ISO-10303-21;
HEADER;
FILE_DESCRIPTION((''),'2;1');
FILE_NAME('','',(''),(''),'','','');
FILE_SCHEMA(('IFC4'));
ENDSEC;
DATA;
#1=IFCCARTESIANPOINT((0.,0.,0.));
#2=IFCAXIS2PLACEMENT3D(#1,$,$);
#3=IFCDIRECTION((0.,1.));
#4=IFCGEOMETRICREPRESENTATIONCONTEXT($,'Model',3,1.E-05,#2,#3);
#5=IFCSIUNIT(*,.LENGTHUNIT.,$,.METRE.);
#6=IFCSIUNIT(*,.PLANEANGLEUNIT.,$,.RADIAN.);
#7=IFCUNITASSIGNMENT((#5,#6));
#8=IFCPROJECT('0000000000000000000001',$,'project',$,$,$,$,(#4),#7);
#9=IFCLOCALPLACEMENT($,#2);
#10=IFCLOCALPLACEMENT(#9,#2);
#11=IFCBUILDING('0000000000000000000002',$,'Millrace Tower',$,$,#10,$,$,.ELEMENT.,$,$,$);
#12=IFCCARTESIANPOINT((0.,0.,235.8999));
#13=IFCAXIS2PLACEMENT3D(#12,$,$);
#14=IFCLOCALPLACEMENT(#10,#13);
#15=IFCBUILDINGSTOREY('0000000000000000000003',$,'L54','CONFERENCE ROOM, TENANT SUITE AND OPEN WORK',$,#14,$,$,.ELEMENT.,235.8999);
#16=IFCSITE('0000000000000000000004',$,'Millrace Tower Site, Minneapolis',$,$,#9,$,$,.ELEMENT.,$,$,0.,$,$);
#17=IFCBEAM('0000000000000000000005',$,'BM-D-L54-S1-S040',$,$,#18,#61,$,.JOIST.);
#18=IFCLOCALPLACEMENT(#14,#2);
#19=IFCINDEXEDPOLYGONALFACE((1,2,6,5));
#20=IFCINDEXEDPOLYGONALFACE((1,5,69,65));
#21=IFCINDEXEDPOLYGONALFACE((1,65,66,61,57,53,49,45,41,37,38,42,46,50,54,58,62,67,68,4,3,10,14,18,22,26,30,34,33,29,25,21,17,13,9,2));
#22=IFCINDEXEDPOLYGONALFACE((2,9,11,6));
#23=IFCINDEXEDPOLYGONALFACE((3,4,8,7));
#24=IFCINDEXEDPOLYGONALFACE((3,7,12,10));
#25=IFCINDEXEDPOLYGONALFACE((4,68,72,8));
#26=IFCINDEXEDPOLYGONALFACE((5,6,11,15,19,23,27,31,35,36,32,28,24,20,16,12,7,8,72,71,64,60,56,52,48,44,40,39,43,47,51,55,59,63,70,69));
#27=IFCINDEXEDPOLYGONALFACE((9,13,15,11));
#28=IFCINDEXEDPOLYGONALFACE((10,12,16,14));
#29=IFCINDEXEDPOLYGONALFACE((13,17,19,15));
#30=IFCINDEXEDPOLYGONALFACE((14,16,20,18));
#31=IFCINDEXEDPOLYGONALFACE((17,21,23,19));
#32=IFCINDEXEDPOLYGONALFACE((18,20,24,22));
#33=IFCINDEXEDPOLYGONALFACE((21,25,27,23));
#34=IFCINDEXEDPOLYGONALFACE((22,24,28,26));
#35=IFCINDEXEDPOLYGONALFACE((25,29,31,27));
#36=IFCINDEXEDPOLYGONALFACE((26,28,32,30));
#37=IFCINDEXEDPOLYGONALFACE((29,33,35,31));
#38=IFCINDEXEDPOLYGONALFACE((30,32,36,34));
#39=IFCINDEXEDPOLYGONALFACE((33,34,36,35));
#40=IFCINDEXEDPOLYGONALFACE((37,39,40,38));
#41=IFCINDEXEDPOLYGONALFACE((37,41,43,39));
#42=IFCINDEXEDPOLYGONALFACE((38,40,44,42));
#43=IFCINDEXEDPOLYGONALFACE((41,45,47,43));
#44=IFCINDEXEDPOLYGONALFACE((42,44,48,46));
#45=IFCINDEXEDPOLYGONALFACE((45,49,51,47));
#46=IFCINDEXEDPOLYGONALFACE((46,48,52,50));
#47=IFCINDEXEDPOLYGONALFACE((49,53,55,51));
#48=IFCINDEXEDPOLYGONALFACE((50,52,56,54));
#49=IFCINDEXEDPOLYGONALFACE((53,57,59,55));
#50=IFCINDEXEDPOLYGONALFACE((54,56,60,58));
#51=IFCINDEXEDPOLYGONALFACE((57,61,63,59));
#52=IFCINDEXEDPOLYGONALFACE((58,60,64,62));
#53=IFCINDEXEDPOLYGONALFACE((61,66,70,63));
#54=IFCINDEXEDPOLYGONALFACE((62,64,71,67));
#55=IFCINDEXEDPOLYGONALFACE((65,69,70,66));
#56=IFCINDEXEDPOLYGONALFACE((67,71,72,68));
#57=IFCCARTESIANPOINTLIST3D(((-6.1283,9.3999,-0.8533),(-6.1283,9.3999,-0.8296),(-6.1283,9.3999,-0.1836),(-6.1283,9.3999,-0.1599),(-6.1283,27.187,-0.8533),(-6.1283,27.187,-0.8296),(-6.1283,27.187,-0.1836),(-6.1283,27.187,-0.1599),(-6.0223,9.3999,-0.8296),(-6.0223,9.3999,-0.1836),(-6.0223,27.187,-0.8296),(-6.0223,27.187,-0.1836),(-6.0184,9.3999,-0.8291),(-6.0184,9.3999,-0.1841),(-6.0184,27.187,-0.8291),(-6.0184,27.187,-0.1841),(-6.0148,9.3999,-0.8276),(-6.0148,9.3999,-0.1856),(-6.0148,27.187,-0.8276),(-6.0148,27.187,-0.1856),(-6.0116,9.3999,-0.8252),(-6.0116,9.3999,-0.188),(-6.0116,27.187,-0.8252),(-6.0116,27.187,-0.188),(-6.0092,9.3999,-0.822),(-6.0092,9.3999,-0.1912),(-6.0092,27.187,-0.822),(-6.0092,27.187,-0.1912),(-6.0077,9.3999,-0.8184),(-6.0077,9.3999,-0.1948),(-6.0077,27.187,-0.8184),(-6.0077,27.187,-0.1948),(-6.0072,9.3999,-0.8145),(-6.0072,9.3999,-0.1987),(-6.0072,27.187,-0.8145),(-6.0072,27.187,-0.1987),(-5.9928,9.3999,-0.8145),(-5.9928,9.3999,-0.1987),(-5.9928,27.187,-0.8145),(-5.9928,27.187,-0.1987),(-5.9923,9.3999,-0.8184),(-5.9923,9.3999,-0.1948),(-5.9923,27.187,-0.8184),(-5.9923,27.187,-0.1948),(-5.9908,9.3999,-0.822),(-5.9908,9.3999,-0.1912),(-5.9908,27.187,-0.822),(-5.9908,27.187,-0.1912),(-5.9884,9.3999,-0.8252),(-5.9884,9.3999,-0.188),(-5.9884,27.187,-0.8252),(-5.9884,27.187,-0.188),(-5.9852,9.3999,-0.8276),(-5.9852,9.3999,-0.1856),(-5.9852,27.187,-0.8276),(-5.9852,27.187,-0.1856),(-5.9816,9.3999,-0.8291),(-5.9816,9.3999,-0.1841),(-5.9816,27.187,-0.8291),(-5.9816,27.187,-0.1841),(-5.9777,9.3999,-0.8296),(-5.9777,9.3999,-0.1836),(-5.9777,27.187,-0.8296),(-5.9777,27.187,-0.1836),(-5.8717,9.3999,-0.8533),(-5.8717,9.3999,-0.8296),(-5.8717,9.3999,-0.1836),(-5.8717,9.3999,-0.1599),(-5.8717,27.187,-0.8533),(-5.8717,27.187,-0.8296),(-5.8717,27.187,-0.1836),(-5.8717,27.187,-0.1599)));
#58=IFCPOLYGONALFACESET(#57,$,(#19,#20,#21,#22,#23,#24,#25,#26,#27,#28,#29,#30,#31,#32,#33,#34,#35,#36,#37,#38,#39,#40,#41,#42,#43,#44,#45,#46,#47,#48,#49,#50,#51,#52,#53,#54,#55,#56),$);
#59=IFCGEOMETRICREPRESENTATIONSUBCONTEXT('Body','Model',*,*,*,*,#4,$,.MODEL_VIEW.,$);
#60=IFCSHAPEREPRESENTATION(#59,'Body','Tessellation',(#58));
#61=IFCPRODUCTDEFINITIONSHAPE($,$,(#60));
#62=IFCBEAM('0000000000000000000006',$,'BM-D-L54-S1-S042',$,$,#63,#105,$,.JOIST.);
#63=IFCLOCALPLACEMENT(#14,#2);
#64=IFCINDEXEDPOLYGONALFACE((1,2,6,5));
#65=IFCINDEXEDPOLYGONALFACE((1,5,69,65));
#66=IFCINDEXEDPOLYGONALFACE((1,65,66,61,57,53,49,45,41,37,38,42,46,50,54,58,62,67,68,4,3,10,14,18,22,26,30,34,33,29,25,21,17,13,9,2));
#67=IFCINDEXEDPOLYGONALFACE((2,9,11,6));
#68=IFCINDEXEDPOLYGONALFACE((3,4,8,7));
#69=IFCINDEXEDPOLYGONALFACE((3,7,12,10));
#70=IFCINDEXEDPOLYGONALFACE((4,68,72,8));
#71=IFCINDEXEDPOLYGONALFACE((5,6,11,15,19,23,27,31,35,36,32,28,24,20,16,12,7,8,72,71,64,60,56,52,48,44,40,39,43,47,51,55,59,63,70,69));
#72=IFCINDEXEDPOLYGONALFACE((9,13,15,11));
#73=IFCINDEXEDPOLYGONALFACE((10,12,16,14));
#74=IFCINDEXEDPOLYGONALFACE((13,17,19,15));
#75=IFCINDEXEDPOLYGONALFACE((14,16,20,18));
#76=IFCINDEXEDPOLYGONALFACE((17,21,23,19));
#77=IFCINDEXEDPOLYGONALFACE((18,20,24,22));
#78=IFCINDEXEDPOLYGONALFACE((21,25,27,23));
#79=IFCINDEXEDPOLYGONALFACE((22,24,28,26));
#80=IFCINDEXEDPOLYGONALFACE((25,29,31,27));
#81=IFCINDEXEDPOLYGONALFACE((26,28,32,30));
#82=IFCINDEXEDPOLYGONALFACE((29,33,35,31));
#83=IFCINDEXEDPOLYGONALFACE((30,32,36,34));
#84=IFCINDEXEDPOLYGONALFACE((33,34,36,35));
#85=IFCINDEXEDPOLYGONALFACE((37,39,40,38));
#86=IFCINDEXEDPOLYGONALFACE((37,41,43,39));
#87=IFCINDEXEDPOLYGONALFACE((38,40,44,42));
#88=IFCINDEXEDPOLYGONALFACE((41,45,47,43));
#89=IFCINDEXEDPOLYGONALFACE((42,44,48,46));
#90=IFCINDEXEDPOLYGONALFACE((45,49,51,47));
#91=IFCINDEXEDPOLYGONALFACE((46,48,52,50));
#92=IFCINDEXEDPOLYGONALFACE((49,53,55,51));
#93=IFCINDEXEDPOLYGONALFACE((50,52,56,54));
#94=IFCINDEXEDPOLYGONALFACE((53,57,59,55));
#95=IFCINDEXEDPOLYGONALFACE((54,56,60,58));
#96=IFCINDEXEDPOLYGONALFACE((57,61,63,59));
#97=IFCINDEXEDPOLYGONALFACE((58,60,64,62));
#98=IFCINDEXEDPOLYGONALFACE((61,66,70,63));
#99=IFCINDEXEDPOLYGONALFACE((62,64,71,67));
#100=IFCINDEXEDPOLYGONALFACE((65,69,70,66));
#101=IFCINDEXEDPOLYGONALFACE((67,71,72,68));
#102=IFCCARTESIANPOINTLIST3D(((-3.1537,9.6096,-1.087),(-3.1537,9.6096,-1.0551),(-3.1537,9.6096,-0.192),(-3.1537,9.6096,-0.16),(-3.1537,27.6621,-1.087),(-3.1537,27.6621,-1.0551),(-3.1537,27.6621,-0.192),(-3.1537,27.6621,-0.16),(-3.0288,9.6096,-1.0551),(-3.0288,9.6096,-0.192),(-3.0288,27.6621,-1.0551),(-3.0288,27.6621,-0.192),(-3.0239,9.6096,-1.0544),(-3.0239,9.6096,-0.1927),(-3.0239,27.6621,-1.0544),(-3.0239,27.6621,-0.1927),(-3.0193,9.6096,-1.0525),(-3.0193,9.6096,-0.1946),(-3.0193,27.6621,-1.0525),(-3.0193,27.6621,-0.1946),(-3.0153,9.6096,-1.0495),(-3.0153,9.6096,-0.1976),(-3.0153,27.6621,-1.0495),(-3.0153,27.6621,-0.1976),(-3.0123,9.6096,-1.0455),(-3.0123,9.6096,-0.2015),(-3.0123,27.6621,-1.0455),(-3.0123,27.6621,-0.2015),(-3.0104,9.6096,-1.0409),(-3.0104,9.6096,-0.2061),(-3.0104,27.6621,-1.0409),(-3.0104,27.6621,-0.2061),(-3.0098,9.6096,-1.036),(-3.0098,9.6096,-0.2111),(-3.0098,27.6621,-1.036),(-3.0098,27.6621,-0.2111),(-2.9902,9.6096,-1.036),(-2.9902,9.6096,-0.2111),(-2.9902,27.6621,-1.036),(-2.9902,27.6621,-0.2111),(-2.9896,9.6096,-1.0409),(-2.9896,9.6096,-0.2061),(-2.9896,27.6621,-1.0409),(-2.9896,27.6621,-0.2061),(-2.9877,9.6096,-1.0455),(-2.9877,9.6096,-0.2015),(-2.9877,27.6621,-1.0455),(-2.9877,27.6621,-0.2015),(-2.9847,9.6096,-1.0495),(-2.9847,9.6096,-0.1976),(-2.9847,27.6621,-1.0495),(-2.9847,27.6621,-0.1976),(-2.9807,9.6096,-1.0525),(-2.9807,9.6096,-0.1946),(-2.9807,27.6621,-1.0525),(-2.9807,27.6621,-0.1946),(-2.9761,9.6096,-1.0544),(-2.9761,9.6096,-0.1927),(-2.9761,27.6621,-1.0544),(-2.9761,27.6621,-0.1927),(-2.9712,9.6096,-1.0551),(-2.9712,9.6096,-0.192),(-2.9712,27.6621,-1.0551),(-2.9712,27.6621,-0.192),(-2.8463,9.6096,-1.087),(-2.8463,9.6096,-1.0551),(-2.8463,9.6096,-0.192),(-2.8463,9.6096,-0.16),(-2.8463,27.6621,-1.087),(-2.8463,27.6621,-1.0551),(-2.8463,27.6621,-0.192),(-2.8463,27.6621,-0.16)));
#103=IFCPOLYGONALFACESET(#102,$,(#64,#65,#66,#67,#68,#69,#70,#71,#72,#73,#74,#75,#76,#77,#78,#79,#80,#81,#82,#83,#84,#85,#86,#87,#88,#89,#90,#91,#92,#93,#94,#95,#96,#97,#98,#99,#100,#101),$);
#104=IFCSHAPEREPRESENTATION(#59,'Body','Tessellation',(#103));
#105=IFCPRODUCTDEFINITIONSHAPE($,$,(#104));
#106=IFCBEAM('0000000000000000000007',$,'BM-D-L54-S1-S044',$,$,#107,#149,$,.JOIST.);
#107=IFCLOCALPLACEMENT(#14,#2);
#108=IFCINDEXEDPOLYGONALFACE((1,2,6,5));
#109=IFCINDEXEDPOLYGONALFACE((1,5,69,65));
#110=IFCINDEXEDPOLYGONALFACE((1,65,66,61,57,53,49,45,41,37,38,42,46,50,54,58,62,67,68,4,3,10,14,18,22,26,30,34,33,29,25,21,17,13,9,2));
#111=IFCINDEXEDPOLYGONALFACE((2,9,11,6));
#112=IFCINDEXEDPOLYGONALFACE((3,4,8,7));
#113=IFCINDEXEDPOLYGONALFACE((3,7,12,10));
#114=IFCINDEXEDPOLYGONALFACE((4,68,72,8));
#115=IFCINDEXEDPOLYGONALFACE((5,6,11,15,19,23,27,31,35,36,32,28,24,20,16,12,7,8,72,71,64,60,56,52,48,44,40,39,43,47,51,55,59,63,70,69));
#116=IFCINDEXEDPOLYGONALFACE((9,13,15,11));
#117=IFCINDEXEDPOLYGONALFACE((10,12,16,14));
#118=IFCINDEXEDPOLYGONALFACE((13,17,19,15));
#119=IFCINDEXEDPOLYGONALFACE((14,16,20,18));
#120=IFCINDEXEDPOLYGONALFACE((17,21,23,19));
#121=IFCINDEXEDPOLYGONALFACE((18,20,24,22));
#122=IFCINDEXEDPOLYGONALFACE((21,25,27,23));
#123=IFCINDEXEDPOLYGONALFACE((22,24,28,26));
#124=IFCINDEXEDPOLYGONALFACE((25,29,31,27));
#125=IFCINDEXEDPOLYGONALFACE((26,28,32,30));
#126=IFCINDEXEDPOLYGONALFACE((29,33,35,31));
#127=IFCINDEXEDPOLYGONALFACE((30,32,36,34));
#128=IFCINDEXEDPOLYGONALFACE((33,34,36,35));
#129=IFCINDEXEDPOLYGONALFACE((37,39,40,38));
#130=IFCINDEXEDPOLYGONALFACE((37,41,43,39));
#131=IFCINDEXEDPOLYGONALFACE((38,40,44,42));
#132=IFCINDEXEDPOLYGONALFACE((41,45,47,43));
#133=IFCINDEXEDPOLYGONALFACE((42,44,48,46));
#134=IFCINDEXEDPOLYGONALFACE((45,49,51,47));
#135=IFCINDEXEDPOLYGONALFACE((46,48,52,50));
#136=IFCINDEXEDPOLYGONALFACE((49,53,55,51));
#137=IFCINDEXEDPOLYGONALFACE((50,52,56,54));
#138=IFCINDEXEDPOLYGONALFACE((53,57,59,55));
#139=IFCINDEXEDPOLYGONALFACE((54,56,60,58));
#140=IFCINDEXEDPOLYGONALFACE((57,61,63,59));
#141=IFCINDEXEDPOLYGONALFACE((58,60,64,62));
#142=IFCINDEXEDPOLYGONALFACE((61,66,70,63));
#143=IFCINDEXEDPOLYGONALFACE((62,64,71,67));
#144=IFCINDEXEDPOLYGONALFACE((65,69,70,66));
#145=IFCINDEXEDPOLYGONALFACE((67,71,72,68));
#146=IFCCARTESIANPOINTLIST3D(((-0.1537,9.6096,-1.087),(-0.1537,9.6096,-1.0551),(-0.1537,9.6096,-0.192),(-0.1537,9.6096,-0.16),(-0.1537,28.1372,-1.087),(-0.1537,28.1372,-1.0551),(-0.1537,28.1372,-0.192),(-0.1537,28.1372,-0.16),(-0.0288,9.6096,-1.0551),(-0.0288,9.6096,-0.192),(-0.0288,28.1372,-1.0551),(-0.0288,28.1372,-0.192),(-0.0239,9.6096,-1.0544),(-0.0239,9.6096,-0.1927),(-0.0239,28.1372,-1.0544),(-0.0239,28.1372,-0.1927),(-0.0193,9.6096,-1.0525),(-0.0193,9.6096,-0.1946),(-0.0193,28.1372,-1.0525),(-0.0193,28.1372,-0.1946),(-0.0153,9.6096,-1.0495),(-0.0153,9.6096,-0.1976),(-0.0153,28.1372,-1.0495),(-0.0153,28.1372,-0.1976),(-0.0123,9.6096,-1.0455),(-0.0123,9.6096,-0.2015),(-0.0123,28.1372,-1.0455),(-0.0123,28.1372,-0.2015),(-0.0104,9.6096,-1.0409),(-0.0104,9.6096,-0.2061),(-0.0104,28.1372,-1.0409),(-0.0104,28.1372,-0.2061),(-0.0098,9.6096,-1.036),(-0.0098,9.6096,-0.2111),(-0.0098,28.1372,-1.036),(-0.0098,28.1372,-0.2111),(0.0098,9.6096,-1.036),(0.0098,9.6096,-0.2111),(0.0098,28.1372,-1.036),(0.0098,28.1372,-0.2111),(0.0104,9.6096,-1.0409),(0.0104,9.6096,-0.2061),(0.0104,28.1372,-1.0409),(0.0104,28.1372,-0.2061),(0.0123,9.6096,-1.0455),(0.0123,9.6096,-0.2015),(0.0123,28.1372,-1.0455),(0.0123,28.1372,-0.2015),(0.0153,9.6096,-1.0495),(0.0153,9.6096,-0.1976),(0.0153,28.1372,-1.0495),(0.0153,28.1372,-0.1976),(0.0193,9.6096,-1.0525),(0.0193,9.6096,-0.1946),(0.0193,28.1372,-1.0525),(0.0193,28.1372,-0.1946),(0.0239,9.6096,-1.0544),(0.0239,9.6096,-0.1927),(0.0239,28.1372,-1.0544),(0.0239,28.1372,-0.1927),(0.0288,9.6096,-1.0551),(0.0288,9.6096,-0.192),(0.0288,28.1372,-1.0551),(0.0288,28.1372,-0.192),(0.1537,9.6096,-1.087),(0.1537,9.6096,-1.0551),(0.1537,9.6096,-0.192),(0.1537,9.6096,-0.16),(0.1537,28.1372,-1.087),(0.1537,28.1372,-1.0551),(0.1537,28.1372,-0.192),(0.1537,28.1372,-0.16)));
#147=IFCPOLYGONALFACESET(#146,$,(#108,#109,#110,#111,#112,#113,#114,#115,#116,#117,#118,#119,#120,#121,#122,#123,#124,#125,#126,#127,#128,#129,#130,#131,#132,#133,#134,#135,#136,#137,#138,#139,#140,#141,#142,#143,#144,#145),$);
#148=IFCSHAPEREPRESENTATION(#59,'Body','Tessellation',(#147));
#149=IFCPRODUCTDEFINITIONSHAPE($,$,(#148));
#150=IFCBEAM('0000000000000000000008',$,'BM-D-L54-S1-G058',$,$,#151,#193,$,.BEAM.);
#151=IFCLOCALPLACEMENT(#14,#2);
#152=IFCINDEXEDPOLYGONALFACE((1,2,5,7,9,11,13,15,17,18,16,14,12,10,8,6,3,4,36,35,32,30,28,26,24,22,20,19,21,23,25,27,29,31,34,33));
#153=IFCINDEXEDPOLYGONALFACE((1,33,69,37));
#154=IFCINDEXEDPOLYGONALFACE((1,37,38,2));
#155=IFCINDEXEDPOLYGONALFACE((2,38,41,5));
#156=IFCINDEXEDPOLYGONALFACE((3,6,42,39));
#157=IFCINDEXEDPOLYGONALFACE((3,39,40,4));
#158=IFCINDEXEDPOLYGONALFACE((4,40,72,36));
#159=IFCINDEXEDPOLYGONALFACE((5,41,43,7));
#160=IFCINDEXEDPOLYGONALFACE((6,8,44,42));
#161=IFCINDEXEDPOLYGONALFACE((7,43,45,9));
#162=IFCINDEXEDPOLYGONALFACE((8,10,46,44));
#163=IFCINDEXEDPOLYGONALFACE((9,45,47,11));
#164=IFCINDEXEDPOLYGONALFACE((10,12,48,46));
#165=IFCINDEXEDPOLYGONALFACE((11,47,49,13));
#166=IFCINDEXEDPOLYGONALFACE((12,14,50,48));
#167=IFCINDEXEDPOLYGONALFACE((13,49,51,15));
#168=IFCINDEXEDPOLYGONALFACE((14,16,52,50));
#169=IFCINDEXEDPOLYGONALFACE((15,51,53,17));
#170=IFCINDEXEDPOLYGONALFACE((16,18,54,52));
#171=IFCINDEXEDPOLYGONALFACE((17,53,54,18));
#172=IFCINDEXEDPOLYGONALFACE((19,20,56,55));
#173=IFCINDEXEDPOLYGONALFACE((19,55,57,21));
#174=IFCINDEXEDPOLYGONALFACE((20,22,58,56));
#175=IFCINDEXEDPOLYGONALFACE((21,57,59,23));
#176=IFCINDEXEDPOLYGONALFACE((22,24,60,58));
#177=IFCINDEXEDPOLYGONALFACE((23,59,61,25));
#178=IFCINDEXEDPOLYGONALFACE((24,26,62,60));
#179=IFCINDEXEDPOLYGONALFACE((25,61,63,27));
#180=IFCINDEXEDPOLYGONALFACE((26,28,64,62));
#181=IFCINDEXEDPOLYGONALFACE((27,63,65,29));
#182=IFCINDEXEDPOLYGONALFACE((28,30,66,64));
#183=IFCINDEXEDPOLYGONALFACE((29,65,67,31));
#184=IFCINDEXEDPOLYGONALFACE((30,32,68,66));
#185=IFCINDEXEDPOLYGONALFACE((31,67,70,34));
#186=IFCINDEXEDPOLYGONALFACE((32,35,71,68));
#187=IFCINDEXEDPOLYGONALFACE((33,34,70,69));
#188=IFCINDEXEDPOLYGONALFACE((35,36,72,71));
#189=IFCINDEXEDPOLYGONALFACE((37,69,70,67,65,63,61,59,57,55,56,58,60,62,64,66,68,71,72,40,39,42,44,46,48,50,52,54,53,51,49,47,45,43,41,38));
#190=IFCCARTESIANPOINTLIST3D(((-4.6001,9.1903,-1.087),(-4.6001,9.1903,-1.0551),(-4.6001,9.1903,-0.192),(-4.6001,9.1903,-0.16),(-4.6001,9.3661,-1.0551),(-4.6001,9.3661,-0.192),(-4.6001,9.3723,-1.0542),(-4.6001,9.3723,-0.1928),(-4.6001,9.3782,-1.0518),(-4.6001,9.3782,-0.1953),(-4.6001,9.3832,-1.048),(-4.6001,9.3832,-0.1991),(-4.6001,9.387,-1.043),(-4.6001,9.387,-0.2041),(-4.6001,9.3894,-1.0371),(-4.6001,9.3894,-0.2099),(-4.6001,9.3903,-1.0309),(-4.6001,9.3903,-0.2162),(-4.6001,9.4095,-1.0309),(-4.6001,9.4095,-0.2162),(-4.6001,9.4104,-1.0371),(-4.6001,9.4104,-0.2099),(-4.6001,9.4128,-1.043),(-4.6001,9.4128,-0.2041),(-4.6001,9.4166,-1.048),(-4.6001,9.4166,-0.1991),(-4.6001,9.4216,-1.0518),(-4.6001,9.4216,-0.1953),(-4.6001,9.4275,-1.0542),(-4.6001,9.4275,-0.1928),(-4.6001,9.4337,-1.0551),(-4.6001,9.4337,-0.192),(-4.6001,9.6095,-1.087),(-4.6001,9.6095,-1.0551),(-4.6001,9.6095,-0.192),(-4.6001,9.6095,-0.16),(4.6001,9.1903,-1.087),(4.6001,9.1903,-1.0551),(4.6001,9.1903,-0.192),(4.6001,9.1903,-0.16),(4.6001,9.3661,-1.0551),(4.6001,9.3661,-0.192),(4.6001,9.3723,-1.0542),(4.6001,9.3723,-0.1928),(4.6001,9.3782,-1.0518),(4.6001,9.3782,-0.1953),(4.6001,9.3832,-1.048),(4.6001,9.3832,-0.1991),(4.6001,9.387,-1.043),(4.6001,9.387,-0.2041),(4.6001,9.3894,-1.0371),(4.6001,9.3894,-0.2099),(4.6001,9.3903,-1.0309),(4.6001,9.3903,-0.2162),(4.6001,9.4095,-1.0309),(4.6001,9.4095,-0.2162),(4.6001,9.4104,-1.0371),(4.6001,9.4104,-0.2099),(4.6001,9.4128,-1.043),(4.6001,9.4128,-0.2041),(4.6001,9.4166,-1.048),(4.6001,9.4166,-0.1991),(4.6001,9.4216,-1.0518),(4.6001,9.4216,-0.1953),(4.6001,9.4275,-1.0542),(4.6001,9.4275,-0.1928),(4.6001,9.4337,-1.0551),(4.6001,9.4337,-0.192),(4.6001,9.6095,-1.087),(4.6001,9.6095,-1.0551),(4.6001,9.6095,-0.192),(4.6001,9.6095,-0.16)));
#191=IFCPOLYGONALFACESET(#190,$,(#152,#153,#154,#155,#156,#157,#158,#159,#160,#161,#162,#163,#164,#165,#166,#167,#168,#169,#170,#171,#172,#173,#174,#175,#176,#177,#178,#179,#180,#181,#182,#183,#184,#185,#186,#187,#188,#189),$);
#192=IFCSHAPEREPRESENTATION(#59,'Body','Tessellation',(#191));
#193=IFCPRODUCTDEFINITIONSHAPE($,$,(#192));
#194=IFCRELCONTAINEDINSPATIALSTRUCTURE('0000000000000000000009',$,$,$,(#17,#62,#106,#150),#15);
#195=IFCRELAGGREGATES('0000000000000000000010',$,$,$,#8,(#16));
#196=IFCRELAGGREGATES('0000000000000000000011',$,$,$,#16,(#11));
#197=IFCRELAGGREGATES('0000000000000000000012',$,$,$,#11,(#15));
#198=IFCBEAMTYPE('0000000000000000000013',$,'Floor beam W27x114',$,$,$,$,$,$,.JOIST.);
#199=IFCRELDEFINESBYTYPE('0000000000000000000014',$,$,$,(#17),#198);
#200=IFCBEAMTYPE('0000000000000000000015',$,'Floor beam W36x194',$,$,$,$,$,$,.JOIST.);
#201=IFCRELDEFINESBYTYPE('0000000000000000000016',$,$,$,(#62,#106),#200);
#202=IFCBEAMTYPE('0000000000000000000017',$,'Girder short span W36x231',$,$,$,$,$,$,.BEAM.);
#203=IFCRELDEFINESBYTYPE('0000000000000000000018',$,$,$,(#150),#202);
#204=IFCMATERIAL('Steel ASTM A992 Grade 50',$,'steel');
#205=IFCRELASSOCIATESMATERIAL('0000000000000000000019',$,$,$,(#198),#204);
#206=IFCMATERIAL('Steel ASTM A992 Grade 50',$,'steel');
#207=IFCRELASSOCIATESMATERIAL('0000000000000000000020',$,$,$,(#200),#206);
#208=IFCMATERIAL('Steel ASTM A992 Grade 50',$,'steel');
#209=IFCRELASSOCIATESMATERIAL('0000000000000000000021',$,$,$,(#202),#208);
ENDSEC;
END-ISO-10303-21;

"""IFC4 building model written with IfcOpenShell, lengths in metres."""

from ifc_helpers import new_model, si_unit, direction, frame, origin, origin_2d, place, context, subcontext, project, spatial, i_section, extrude, material, material_profile, profile_set, type_object, element, save


model = new_model("IFC4")

# Units and contexts
model_context = context("Model", 3, precision=1e-05, world=origin(), true_north=direction((0.0, 1.0)))
body_context = subcontext(model_context, "Body", "Model", "MODEL_VIEW")
ifc_project = project(units=[si_unit("LENGTHUNIT", "METRE"), si_unit("PLANEANGLEUNIT", "RADIAN")], contexts=[model_context])

# Site, building, storey
site_placement = place(None, origin())
site = spatial("IfcSite", under=ifc_project, at=site_placement, Name="Millrace Tower Site, Minneapolis", CompositionType="ELEMENT", RefElevation=0.0)
building_placement = place(site_placement, origin())
building = spatial("IfcBuilding", under=site, at=building_placement, Name="Millrace Tower", CompositionType="ELEMENT")
storey_placement = place(building_placement, frame((0.0, 0.0, 235.8999)))
storey = spatial("IfcBuildingStorey", under=building, at=storey_placement, Name="L54", Description="CONFERENCE ROOM, TENANT SUITE AND OPEN WORK", CompositionType="ELEMENT", Elevation=235.8999)

# Beams
ifc_material_1 = material(Name="Steel ASTM A992 Grade 50", Category="steel")
ifc_material_profile_1 = material_profile(ifc_material_1, i_section(OverallWidth=0.2566, OverallDepth=0.6934, WebThickness=0.0144, FlangeThickness=0.0237, FilletRadius=0.0151, at=origin_2d()))
ifc_profile_set_1 = profile_set([ifc_material_profile_1], Name="Steel ASTM A992 Grade 50")
beam_type_1 = type_object("IfcBeamType", Name="Floor beam W27x114", PredefinedType="JOIST", material=ifc_profile_set_1)
beam_1_placement = place(storey_placement, frame((-6.0, 9.3999, -0.5066), z_axis=(0.0, 1.0, 0.0), x_axis=(-1.0, 0.0, 0.0)))
element("IfcBeam", 1, at=beam_1_placement, inside=storey, type_object=beam_type_1, Name="BM-D-L54-S1-S040", PredefinedType="JOIST", context=body_context, shape_type="SweptSolid", body=[
    extrude(i_section(OverallWidth=0.2566, OverallDepth=0.6934, WebThickness=0.0144, FlangeThickness=0.0237, FilletRadius=0.0151, at=origin_2d()), origin(), (0.0, 0.0, 1.0), 17.7871),
])
ifc_material_2 = material(Name="Steel ASTM A992 Grade 50", Category="steel")
ifc_material_profile_2 = material_profile(ifc_material_2, i_section(OverallWidth=0.3074, OverallDepth=0.927, WebThickness=0.0195, FlangeThickness=0.032, FilletRadius=0.019, at=origin_2d()))
ifc_profile_set_2 = profile_set([ifc_material_profile_2], Name="Steel ASTM A992 Grade 50")
beam_type_2 = type_object("IfcBeamType", Name="Floor beam W36x194", PredefinedType="JOIST", material=ifc_profile_set_2)
beam_2_placement = place(storey_placement, frame((-3.0, 9.6096, -0.6235), z_axis=(0.0, 1.0, 0.0), x_axis=(-1.0, 0.0, 0.0)))
element("IfcBeam", 2, at=beam_2_placement, inside=storey, type_object=beam_type_2, Name="BM-D-L54-S1-S042", PredefinedType="JOIST", context=body_context, shape_type="SweptSolid", body=[
    extrude(i_section(OverallWidth=0.3074, OverallDepth=0.927, WebThickness=0.0195, FlangeThickness=0.032, FilletRadius=0.019, at=origin_2d()), origin(), (0.0, 0.0, 1.0), 18.0525),
])
beam_3_placement = place(storey_placement, frame((0.0, 9.6096, -0.6235), z_axis=(0.0, 1.0, 0.0), x_axis=(-1.0, 0.0, 0.0)))
element("IfcBeam", 3, at=beam_3_placement, inside=storey, type_object=beam_type_2, Name="BM-D-L54-S1-S044", PredefinedType="JOIST", context=body_context, shape_type="SweptSolid", body=[
    extrude(i_section(OverallWidth=0.3074, OverallDepth=0.927, WebThickness=0.0195, FlangeThickness=0.032, FilletRadius=0.019, at=origin_2d()), origin(), (0.0, 0.0, 1.0), 18.5276),
])
ifc_material_3 = material(Name="Steel ASTM A992 Grade 50", Category="steel")
ifc_material_profile_3 = material_profile(ifc_material_3, i_section(OverallWidth=0.4192, OverallDepth=0.927, WebThickness=0.0193, FlangeThickness=0.032, FilletRadius=0.0242, at=origin_2d()))
ifc_profile_set_3 = profile_set([ifc_material_profile_3], Name="Steel ASTM A992 Grade 50")
beam_type_3 = type_object("IfcBeamType", Name="Girder short span W36x231", PredefinedType="BEAM", material=ifc_profile_set_3)
beam_4_placement = place(storey_placement, frame((-4.6001, 9.3999, -0.6235), z_axis=(1.0, 0.0, 0.0), x_axis=(0.0, 1.0, 0.0)))
element("IfcBeam", 4, at=beam_4_placement, inside=storey, type_object=beam_type_3, Name="BM-D-L54-S1-G058", PredefinedType="BEAM", context=body_context, shape_type="SweptSolid", body=[
    extrude(i_section(OverallWidth=0.4192, OverallDepth=0.927, WebThickness=0.0193, FlangeThickness=0.032, FilletRadius=0.0242, at=origin_2d()), origin(), (0.0, 0.0, 1.0), 9.2002),
])

save(model, "model.ifc")
